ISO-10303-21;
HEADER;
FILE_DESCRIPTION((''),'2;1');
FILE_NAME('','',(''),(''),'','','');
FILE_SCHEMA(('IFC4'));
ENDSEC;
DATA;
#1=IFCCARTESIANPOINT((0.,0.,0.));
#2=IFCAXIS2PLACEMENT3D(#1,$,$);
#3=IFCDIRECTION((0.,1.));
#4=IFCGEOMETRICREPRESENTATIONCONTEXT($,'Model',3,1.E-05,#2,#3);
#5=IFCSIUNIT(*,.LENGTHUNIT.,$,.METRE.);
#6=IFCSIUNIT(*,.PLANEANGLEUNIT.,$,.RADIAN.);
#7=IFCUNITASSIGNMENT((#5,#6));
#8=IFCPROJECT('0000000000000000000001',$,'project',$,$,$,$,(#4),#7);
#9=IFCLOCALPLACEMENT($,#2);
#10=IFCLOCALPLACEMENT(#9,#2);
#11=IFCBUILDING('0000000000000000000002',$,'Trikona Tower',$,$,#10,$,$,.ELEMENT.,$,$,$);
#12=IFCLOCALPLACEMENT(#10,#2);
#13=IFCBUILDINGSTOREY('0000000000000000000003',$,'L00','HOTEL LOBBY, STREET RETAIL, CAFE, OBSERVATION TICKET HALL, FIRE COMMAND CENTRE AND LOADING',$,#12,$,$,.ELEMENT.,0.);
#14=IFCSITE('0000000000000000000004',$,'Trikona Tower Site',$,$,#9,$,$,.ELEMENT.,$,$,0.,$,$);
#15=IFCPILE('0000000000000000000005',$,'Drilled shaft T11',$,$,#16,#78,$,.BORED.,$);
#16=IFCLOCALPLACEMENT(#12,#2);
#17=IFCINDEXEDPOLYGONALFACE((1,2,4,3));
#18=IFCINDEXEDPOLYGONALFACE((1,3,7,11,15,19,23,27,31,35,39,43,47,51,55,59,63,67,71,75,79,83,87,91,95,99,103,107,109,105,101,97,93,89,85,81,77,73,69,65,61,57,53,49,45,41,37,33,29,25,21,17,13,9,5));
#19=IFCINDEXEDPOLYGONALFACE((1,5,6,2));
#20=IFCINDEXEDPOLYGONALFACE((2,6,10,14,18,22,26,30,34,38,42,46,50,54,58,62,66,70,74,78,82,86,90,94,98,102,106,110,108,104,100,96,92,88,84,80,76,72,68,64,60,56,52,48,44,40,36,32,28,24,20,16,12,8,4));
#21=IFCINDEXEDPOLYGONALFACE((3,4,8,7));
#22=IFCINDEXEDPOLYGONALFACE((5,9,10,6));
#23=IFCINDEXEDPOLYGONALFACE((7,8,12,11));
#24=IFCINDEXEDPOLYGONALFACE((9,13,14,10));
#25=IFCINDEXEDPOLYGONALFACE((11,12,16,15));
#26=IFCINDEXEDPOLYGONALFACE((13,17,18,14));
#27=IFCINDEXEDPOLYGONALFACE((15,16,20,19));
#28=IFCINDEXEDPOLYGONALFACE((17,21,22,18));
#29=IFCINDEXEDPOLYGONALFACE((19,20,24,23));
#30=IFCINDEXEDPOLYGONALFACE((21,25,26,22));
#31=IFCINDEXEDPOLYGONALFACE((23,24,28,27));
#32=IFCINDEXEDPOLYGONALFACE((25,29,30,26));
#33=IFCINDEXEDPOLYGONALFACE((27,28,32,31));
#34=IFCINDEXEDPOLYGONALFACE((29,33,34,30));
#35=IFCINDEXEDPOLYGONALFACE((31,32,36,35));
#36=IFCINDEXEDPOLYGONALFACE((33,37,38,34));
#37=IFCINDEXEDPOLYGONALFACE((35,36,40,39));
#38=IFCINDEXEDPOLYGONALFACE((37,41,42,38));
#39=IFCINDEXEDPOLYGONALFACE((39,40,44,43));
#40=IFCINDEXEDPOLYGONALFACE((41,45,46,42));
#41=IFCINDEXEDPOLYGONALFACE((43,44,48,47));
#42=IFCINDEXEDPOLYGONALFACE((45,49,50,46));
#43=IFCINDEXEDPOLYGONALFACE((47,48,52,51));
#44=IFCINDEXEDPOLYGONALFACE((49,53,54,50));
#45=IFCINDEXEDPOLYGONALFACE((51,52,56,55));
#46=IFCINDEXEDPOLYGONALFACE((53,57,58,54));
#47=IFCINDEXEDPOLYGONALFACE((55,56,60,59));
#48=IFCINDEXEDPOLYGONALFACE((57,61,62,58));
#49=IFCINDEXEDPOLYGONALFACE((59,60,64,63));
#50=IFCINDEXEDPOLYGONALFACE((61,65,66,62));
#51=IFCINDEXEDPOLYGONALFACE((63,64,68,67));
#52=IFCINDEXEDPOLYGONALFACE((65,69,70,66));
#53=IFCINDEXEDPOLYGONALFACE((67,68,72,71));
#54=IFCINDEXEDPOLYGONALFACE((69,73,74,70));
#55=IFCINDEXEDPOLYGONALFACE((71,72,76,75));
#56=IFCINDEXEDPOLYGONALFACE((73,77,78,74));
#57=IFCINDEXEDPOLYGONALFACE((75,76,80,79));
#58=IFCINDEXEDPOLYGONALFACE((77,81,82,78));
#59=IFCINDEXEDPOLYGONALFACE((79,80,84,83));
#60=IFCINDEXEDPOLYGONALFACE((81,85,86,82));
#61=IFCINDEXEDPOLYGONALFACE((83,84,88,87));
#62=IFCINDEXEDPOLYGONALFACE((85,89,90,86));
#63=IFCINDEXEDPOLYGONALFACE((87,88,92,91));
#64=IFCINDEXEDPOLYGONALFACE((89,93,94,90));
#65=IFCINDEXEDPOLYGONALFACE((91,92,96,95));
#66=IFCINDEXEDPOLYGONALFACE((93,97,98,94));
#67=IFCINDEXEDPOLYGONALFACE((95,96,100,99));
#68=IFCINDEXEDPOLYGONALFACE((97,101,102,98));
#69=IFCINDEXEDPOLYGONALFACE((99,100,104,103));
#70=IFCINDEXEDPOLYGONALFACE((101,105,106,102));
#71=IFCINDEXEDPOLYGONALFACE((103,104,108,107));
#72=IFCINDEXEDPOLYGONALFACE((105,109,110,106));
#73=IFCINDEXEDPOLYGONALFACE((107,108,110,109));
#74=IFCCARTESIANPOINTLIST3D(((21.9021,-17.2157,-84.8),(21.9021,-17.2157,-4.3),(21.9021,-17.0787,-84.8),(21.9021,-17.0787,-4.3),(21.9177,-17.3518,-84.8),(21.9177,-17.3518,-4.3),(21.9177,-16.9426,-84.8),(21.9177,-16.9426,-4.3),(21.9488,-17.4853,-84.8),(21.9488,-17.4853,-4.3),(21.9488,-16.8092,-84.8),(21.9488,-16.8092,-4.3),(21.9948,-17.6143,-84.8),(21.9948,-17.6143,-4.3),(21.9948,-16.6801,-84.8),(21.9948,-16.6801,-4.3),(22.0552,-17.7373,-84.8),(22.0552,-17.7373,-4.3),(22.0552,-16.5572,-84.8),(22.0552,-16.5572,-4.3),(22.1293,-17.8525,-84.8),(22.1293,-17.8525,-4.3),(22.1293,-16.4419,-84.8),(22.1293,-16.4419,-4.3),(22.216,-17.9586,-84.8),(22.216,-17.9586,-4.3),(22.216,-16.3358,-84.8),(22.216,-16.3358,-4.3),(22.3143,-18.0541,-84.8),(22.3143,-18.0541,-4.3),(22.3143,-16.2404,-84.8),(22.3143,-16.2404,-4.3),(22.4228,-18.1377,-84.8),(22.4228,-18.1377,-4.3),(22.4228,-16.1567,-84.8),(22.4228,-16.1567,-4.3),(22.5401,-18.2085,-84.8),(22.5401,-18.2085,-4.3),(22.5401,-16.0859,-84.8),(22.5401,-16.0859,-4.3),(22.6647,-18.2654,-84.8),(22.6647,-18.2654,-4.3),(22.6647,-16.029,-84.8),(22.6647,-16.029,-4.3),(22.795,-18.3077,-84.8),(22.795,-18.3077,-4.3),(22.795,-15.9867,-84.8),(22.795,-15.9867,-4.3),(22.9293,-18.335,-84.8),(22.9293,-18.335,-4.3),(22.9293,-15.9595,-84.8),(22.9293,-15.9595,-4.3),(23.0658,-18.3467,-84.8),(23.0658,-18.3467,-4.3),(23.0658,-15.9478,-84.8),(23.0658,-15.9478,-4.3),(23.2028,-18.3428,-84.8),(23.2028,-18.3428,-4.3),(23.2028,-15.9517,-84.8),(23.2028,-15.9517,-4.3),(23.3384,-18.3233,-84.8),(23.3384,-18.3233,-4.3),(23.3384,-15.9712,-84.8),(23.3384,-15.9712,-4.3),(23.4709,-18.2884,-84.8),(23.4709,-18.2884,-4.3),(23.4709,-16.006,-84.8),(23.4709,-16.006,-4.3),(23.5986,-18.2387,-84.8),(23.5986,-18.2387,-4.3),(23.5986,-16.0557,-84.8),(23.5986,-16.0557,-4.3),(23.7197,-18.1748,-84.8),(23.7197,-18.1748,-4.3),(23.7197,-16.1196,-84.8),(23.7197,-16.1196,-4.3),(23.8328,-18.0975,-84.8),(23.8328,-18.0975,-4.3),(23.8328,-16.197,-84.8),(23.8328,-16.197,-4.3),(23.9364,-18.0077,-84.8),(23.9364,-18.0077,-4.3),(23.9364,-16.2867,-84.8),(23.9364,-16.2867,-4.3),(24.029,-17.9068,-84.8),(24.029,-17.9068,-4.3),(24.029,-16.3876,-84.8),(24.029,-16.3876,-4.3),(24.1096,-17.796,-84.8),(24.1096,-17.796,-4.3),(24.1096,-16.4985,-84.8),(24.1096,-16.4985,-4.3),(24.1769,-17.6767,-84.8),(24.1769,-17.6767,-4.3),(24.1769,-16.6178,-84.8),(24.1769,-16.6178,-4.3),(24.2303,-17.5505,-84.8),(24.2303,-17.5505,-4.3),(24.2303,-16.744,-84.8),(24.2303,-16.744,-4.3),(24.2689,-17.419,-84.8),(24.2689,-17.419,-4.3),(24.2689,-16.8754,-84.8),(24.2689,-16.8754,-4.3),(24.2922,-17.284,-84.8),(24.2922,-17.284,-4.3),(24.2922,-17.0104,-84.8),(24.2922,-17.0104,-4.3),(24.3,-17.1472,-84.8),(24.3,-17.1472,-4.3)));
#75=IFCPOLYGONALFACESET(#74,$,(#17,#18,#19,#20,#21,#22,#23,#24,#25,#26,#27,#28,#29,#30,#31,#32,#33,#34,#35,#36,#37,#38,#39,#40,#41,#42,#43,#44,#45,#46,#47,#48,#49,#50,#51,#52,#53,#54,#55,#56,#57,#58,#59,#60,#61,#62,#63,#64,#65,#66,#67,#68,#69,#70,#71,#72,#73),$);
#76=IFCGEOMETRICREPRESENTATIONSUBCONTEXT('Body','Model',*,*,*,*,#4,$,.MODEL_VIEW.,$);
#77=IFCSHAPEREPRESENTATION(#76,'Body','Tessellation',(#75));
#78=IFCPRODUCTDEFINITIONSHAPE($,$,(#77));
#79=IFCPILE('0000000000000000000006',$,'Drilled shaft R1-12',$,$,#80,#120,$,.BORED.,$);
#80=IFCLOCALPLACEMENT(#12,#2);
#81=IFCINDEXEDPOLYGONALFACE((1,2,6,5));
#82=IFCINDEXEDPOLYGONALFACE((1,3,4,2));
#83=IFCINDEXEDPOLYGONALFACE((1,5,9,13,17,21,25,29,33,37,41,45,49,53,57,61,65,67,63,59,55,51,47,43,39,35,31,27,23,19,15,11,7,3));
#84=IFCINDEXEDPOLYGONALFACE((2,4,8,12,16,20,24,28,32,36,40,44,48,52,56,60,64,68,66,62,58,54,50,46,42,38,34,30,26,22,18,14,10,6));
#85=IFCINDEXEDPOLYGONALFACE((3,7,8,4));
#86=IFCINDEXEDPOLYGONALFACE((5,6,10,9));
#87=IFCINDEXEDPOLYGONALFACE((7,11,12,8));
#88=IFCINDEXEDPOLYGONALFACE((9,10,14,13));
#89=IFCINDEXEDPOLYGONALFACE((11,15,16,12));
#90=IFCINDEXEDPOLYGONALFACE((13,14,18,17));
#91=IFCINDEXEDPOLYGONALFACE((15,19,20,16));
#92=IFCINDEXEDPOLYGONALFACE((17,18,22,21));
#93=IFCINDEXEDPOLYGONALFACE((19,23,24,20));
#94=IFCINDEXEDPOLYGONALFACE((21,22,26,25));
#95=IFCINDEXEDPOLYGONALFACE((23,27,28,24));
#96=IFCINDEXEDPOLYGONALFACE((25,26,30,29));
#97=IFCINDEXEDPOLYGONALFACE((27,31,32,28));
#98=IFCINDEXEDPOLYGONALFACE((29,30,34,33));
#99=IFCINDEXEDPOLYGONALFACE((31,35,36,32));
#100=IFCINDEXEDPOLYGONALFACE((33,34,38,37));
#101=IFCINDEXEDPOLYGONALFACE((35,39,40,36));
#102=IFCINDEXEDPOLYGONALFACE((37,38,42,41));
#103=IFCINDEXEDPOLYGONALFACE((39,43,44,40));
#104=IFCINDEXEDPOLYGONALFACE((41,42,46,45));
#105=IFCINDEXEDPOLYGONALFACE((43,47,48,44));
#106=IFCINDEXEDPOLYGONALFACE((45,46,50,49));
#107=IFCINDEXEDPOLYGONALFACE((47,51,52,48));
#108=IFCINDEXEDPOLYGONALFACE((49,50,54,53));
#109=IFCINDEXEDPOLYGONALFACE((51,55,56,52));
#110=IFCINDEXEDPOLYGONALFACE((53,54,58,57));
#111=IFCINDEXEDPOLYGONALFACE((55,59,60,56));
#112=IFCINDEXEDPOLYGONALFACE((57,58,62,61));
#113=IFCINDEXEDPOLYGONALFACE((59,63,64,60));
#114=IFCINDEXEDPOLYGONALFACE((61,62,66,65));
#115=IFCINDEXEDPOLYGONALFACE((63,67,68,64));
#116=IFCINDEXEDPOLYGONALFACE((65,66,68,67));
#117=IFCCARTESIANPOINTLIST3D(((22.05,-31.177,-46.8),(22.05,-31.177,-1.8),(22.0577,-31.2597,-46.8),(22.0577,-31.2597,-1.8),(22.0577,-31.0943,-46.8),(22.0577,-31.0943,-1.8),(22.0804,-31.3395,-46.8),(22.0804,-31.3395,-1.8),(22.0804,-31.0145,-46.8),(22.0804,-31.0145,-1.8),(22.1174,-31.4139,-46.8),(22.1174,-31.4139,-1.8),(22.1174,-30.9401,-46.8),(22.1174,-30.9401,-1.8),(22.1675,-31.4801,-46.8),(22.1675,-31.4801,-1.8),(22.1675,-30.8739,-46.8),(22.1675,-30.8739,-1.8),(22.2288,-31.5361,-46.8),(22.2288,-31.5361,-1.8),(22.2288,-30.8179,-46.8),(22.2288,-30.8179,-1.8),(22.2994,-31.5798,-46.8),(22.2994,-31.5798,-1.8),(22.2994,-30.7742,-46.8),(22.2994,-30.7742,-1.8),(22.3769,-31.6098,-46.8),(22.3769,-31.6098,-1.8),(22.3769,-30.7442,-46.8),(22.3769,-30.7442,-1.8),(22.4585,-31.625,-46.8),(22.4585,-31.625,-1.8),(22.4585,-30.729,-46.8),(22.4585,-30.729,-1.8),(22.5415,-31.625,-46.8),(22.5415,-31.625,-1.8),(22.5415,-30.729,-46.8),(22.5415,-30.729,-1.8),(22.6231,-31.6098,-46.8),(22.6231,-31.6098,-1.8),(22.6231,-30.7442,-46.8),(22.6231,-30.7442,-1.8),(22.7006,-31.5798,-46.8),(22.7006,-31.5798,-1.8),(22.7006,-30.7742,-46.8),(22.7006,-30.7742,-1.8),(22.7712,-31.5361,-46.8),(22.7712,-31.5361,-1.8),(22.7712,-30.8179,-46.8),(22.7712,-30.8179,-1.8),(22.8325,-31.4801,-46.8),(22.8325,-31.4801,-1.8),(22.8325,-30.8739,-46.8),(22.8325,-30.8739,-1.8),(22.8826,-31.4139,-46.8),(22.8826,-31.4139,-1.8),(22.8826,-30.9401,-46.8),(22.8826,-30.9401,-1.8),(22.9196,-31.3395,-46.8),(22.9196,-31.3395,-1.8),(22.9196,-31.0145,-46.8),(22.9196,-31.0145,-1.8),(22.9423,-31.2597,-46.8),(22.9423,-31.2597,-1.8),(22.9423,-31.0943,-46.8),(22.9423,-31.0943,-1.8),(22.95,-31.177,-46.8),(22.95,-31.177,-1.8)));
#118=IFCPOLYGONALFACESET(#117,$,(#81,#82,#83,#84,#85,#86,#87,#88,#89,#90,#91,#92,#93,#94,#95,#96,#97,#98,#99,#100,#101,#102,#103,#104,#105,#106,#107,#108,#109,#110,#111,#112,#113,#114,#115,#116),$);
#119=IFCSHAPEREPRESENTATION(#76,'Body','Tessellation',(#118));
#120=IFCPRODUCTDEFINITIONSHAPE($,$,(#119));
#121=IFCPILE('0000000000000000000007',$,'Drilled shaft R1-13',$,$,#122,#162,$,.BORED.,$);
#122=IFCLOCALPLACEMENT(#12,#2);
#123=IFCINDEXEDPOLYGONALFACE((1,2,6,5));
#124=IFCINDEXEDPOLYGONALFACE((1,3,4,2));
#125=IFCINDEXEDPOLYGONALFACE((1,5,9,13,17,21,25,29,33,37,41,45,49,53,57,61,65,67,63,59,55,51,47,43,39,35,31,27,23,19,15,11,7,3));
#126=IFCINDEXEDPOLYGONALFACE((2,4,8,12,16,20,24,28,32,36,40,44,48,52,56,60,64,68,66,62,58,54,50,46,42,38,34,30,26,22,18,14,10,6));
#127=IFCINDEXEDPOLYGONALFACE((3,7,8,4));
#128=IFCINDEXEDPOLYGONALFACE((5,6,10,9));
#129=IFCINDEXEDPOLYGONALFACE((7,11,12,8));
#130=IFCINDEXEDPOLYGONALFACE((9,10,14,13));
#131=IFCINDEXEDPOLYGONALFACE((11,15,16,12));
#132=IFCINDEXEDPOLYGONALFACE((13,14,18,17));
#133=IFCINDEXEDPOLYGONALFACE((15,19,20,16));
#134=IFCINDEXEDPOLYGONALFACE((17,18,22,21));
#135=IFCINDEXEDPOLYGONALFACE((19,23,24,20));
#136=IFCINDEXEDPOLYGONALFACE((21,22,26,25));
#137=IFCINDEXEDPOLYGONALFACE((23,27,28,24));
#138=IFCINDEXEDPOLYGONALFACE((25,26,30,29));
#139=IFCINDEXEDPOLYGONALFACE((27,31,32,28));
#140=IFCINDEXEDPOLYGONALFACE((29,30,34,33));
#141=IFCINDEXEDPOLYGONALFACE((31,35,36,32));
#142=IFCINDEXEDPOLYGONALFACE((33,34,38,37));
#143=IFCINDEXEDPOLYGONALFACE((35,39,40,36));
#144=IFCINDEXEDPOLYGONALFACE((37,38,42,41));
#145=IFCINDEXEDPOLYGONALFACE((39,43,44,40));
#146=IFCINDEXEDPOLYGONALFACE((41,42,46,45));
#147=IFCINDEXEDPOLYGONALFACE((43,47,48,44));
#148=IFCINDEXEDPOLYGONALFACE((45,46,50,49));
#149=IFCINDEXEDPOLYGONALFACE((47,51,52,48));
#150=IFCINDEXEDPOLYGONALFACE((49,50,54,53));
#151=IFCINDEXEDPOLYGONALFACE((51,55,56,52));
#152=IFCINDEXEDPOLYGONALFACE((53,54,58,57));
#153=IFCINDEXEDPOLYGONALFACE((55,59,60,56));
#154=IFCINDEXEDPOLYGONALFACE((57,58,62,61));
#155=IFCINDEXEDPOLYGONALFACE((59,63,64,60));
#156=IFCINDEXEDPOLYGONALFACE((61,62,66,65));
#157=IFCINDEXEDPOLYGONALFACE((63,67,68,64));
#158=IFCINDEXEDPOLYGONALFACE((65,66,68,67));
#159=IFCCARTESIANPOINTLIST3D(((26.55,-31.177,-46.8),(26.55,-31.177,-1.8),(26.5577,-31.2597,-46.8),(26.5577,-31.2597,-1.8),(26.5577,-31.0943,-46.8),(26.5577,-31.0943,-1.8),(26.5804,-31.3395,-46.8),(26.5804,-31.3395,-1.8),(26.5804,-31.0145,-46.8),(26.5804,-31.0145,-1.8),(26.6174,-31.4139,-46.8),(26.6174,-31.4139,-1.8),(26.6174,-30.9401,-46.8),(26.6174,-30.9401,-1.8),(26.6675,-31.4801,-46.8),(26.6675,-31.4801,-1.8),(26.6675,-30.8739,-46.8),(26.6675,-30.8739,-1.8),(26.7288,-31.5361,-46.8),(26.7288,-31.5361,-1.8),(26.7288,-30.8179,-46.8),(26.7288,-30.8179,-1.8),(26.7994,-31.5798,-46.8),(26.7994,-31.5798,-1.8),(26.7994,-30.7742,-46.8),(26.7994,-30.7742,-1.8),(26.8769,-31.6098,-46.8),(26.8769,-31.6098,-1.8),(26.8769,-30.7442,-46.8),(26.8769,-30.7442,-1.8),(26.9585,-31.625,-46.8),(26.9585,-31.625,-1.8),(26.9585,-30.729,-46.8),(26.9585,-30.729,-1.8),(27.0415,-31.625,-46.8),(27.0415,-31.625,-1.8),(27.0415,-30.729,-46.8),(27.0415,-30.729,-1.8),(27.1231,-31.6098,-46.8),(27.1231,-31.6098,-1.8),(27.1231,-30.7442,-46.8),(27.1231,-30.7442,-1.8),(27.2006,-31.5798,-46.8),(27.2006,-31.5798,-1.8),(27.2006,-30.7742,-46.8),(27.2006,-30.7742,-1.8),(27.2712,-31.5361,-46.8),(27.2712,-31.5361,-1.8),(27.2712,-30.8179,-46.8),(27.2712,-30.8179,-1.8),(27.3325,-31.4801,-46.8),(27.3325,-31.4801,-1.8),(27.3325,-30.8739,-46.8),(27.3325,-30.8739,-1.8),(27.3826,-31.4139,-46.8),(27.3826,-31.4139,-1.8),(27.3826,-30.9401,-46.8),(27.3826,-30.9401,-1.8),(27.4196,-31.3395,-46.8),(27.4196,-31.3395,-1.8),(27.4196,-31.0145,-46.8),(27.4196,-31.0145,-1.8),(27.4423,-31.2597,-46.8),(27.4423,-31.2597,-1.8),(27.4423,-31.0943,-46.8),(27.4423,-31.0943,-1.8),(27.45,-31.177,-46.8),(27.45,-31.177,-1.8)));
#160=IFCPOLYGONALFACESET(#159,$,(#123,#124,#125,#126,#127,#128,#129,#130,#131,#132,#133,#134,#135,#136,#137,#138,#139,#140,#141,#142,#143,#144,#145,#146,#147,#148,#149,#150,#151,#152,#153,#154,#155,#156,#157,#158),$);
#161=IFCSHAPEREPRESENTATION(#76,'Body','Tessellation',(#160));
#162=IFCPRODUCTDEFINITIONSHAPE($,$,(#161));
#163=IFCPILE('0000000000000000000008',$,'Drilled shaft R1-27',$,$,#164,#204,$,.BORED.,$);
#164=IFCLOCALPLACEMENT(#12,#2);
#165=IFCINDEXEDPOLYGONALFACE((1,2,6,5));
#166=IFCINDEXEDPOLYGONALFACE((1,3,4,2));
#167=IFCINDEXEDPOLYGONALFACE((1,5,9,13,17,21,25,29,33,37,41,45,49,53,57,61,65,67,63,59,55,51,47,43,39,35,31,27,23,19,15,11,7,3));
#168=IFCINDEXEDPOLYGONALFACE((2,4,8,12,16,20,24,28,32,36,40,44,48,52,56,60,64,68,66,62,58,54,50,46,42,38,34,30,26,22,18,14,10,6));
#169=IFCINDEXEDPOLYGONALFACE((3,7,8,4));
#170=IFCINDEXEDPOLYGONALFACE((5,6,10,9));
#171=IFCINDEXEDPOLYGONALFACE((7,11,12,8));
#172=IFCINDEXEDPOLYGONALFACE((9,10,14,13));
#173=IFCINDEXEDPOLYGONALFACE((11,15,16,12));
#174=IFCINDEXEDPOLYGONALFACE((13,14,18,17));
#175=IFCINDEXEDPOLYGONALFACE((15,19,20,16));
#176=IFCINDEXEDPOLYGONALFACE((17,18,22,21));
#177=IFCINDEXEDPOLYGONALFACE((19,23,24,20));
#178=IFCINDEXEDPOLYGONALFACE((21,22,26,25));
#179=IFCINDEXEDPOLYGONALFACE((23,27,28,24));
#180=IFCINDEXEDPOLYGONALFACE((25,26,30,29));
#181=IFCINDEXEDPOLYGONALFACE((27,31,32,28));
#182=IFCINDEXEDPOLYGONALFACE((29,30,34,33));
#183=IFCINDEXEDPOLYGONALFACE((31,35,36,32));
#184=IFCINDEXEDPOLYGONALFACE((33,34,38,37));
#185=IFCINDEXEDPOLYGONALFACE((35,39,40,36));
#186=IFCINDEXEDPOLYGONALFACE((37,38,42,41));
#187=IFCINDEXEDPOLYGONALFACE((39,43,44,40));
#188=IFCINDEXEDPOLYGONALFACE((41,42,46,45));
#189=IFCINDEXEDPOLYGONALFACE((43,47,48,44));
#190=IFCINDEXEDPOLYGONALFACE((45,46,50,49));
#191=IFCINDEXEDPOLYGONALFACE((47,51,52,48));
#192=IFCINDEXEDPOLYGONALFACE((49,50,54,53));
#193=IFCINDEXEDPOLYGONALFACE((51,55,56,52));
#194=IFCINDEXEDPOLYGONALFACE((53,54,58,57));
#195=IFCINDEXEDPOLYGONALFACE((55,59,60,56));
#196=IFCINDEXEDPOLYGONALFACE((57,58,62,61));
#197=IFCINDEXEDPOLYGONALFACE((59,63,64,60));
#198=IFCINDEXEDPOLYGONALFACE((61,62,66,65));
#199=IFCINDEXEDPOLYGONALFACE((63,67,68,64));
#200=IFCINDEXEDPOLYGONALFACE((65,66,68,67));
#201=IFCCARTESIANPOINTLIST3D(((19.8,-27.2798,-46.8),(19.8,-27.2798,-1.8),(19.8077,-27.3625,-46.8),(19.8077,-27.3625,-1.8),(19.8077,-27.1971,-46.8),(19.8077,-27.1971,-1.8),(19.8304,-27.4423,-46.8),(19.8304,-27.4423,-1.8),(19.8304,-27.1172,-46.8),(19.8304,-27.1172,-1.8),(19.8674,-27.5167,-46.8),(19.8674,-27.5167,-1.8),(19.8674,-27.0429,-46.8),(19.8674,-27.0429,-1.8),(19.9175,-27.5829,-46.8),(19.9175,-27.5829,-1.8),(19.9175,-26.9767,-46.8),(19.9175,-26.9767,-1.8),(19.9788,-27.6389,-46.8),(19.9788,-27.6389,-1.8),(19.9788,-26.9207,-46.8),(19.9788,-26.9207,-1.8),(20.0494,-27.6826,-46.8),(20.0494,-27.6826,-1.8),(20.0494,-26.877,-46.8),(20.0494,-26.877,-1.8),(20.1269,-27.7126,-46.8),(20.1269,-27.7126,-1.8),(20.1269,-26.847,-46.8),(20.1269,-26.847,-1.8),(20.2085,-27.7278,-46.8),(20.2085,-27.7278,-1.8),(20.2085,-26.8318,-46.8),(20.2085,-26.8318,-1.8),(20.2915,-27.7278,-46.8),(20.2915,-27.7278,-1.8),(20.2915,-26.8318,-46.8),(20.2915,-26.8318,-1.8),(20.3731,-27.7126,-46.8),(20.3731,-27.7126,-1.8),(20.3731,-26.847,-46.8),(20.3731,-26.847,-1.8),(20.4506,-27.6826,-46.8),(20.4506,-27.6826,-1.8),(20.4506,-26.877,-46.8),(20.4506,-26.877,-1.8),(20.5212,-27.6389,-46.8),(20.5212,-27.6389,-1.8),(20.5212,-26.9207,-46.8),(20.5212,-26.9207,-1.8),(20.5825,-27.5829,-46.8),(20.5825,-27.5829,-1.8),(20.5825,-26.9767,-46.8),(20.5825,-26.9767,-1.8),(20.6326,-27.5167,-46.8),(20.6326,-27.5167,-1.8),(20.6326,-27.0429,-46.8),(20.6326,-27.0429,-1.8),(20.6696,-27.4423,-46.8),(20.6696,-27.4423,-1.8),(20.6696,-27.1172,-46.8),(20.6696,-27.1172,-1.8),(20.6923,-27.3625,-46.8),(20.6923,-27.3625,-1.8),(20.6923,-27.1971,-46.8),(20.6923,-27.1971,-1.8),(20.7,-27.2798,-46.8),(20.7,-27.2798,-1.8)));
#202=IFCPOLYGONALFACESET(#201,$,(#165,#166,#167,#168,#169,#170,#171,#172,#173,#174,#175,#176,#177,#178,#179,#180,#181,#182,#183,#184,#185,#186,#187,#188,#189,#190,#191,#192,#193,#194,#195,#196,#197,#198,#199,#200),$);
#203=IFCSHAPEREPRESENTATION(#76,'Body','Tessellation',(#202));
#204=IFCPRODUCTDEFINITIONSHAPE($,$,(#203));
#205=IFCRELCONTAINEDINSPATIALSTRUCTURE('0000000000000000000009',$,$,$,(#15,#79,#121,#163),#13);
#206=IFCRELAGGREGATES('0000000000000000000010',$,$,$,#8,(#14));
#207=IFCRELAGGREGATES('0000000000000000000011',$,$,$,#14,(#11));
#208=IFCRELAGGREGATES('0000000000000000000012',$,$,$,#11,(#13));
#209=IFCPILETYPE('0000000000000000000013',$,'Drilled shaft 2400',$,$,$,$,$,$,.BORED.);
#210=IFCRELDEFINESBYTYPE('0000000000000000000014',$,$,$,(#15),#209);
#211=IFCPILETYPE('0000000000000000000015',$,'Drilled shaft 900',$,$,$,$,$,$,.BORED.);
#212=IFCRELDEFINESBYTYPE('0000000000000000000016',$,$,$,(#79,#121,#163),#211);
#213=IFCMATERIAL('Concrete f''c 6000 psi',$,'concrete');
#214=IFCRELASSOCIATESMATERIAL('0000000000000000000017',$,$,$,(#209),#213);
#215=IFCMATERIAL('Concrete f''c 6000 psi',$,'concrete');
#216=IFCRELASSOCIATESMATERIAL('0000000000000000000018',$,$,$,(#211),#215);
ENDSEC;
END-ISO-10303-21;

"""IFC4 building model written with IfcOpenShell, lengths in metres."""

from ifc_helpers import new_model, si_unit, direction, frame, origin, origin_2d, place, context, subcontext, project, spatial, circle, extrude, material, type_object, element, save


model = new_model("IFC4")

# Units and contexts
model_context = context("Model", 3, precision=1e-05, world=origin(), true_north=direction((0.0, 1.0)))
body_context = subcontext(model_context, "Body", "Model", "MODEL_VIEW")
ifc_project = project(units=[si_unit("LENGTHUNIT", "METRE"), si_unit("PLANEANGLEUNIT", "RADIAN")], contexts=[model_context])

# Site, building, storey
site_placement = place(None, origin())
site = spatial("IfcSite", under=ifc_project, at=site_placement, Name="Trikona Tower Site", CompositionType="ELEMENT", RefElevation=0.0)
building_placement = place(site_placement, origin())
building = spatial("IfcBuilding", under=site, at=building_placement, Name="Trikona Tower", CompositionType="ELEMENT")
storey_placement = place(building_placement, origin())
storey = spatial("IfcBuildingStorey", under=building, at=storey_placement, Name="L00", Description="HOTEL LOBBY, STREET RETAIL, CAFE, OBSERVATION TICKET HALL, FIRE COMMAND CENTRE AND LOADING", CompositionType="ELEMENT", Elevation=0.0)

# Piles
ifc_material_1 = material(Name="Concrete f'c 6000 psi", Category="concrete")
pile_type_1 = type_object("IfcPileType", Name="Drilled shaft 2400", PredefinedType="BORED", material=ifc_material_1)
pile_placement = place(storey_placement, frame((23.1001, -17.1472, -4.3), z_axis=(0.0, 0.0, -1.0), x_axis=(1.0, 0.0, 0.0)))
element("IfcPile", 1, at=pile_placement, inside=storey, type_object=pile_type_1, Name="Drilled shaft T11", PredefinedType="BORED", context=body_context, shape_type="SweptSolid", body=[
    extrude(circle(Radius=1.2, at=origin_2d()), origin(), (0.0, 0.0, 1.0), 80.5),
])
ifc_material_2 = material(Name="Concrete f'c 6000 psi", Category="concrete")
pile_type_2 = type_object("IfcPileType", Name="Drilled shaft 900", PredefinedType="BORED", material=ifc_material_2)
for number, where, z_axis, x_axis, name in (
    (2, (22.5, -31.177, -1.8), (0.0, 0.0, -1.0), (1.0, 0.0, 0.0), "Drilled shaft R1-12"),
    (3, (27.0, -31.177, -1.8), (0.0, 0.0, -1.0), (1.0, 0.0, 0.0), "Drilled shaft R1-13"),
    (4, (20.25, -27.2798, -1.8), (0.0, 0.0, -1.0), (1.0, 0.0, 0.0), "Drilled shaft R1-27"),
):
    element("IfcPile", number, at=place(storey_placement, frame(where, z_axis=z_axis, x_axis=x_axis)), inside=storey, type_object=pile_type_2, Name=name, PredefinedType="BORED", context=body_context, shape_type="SweptSolid", body=[
        extrude(circle(Radius=0.45, at=origin_2d()), origin(), (0.0, 0.0, 1.0), 45.0),
    ])

save(model, "model.ifc")
